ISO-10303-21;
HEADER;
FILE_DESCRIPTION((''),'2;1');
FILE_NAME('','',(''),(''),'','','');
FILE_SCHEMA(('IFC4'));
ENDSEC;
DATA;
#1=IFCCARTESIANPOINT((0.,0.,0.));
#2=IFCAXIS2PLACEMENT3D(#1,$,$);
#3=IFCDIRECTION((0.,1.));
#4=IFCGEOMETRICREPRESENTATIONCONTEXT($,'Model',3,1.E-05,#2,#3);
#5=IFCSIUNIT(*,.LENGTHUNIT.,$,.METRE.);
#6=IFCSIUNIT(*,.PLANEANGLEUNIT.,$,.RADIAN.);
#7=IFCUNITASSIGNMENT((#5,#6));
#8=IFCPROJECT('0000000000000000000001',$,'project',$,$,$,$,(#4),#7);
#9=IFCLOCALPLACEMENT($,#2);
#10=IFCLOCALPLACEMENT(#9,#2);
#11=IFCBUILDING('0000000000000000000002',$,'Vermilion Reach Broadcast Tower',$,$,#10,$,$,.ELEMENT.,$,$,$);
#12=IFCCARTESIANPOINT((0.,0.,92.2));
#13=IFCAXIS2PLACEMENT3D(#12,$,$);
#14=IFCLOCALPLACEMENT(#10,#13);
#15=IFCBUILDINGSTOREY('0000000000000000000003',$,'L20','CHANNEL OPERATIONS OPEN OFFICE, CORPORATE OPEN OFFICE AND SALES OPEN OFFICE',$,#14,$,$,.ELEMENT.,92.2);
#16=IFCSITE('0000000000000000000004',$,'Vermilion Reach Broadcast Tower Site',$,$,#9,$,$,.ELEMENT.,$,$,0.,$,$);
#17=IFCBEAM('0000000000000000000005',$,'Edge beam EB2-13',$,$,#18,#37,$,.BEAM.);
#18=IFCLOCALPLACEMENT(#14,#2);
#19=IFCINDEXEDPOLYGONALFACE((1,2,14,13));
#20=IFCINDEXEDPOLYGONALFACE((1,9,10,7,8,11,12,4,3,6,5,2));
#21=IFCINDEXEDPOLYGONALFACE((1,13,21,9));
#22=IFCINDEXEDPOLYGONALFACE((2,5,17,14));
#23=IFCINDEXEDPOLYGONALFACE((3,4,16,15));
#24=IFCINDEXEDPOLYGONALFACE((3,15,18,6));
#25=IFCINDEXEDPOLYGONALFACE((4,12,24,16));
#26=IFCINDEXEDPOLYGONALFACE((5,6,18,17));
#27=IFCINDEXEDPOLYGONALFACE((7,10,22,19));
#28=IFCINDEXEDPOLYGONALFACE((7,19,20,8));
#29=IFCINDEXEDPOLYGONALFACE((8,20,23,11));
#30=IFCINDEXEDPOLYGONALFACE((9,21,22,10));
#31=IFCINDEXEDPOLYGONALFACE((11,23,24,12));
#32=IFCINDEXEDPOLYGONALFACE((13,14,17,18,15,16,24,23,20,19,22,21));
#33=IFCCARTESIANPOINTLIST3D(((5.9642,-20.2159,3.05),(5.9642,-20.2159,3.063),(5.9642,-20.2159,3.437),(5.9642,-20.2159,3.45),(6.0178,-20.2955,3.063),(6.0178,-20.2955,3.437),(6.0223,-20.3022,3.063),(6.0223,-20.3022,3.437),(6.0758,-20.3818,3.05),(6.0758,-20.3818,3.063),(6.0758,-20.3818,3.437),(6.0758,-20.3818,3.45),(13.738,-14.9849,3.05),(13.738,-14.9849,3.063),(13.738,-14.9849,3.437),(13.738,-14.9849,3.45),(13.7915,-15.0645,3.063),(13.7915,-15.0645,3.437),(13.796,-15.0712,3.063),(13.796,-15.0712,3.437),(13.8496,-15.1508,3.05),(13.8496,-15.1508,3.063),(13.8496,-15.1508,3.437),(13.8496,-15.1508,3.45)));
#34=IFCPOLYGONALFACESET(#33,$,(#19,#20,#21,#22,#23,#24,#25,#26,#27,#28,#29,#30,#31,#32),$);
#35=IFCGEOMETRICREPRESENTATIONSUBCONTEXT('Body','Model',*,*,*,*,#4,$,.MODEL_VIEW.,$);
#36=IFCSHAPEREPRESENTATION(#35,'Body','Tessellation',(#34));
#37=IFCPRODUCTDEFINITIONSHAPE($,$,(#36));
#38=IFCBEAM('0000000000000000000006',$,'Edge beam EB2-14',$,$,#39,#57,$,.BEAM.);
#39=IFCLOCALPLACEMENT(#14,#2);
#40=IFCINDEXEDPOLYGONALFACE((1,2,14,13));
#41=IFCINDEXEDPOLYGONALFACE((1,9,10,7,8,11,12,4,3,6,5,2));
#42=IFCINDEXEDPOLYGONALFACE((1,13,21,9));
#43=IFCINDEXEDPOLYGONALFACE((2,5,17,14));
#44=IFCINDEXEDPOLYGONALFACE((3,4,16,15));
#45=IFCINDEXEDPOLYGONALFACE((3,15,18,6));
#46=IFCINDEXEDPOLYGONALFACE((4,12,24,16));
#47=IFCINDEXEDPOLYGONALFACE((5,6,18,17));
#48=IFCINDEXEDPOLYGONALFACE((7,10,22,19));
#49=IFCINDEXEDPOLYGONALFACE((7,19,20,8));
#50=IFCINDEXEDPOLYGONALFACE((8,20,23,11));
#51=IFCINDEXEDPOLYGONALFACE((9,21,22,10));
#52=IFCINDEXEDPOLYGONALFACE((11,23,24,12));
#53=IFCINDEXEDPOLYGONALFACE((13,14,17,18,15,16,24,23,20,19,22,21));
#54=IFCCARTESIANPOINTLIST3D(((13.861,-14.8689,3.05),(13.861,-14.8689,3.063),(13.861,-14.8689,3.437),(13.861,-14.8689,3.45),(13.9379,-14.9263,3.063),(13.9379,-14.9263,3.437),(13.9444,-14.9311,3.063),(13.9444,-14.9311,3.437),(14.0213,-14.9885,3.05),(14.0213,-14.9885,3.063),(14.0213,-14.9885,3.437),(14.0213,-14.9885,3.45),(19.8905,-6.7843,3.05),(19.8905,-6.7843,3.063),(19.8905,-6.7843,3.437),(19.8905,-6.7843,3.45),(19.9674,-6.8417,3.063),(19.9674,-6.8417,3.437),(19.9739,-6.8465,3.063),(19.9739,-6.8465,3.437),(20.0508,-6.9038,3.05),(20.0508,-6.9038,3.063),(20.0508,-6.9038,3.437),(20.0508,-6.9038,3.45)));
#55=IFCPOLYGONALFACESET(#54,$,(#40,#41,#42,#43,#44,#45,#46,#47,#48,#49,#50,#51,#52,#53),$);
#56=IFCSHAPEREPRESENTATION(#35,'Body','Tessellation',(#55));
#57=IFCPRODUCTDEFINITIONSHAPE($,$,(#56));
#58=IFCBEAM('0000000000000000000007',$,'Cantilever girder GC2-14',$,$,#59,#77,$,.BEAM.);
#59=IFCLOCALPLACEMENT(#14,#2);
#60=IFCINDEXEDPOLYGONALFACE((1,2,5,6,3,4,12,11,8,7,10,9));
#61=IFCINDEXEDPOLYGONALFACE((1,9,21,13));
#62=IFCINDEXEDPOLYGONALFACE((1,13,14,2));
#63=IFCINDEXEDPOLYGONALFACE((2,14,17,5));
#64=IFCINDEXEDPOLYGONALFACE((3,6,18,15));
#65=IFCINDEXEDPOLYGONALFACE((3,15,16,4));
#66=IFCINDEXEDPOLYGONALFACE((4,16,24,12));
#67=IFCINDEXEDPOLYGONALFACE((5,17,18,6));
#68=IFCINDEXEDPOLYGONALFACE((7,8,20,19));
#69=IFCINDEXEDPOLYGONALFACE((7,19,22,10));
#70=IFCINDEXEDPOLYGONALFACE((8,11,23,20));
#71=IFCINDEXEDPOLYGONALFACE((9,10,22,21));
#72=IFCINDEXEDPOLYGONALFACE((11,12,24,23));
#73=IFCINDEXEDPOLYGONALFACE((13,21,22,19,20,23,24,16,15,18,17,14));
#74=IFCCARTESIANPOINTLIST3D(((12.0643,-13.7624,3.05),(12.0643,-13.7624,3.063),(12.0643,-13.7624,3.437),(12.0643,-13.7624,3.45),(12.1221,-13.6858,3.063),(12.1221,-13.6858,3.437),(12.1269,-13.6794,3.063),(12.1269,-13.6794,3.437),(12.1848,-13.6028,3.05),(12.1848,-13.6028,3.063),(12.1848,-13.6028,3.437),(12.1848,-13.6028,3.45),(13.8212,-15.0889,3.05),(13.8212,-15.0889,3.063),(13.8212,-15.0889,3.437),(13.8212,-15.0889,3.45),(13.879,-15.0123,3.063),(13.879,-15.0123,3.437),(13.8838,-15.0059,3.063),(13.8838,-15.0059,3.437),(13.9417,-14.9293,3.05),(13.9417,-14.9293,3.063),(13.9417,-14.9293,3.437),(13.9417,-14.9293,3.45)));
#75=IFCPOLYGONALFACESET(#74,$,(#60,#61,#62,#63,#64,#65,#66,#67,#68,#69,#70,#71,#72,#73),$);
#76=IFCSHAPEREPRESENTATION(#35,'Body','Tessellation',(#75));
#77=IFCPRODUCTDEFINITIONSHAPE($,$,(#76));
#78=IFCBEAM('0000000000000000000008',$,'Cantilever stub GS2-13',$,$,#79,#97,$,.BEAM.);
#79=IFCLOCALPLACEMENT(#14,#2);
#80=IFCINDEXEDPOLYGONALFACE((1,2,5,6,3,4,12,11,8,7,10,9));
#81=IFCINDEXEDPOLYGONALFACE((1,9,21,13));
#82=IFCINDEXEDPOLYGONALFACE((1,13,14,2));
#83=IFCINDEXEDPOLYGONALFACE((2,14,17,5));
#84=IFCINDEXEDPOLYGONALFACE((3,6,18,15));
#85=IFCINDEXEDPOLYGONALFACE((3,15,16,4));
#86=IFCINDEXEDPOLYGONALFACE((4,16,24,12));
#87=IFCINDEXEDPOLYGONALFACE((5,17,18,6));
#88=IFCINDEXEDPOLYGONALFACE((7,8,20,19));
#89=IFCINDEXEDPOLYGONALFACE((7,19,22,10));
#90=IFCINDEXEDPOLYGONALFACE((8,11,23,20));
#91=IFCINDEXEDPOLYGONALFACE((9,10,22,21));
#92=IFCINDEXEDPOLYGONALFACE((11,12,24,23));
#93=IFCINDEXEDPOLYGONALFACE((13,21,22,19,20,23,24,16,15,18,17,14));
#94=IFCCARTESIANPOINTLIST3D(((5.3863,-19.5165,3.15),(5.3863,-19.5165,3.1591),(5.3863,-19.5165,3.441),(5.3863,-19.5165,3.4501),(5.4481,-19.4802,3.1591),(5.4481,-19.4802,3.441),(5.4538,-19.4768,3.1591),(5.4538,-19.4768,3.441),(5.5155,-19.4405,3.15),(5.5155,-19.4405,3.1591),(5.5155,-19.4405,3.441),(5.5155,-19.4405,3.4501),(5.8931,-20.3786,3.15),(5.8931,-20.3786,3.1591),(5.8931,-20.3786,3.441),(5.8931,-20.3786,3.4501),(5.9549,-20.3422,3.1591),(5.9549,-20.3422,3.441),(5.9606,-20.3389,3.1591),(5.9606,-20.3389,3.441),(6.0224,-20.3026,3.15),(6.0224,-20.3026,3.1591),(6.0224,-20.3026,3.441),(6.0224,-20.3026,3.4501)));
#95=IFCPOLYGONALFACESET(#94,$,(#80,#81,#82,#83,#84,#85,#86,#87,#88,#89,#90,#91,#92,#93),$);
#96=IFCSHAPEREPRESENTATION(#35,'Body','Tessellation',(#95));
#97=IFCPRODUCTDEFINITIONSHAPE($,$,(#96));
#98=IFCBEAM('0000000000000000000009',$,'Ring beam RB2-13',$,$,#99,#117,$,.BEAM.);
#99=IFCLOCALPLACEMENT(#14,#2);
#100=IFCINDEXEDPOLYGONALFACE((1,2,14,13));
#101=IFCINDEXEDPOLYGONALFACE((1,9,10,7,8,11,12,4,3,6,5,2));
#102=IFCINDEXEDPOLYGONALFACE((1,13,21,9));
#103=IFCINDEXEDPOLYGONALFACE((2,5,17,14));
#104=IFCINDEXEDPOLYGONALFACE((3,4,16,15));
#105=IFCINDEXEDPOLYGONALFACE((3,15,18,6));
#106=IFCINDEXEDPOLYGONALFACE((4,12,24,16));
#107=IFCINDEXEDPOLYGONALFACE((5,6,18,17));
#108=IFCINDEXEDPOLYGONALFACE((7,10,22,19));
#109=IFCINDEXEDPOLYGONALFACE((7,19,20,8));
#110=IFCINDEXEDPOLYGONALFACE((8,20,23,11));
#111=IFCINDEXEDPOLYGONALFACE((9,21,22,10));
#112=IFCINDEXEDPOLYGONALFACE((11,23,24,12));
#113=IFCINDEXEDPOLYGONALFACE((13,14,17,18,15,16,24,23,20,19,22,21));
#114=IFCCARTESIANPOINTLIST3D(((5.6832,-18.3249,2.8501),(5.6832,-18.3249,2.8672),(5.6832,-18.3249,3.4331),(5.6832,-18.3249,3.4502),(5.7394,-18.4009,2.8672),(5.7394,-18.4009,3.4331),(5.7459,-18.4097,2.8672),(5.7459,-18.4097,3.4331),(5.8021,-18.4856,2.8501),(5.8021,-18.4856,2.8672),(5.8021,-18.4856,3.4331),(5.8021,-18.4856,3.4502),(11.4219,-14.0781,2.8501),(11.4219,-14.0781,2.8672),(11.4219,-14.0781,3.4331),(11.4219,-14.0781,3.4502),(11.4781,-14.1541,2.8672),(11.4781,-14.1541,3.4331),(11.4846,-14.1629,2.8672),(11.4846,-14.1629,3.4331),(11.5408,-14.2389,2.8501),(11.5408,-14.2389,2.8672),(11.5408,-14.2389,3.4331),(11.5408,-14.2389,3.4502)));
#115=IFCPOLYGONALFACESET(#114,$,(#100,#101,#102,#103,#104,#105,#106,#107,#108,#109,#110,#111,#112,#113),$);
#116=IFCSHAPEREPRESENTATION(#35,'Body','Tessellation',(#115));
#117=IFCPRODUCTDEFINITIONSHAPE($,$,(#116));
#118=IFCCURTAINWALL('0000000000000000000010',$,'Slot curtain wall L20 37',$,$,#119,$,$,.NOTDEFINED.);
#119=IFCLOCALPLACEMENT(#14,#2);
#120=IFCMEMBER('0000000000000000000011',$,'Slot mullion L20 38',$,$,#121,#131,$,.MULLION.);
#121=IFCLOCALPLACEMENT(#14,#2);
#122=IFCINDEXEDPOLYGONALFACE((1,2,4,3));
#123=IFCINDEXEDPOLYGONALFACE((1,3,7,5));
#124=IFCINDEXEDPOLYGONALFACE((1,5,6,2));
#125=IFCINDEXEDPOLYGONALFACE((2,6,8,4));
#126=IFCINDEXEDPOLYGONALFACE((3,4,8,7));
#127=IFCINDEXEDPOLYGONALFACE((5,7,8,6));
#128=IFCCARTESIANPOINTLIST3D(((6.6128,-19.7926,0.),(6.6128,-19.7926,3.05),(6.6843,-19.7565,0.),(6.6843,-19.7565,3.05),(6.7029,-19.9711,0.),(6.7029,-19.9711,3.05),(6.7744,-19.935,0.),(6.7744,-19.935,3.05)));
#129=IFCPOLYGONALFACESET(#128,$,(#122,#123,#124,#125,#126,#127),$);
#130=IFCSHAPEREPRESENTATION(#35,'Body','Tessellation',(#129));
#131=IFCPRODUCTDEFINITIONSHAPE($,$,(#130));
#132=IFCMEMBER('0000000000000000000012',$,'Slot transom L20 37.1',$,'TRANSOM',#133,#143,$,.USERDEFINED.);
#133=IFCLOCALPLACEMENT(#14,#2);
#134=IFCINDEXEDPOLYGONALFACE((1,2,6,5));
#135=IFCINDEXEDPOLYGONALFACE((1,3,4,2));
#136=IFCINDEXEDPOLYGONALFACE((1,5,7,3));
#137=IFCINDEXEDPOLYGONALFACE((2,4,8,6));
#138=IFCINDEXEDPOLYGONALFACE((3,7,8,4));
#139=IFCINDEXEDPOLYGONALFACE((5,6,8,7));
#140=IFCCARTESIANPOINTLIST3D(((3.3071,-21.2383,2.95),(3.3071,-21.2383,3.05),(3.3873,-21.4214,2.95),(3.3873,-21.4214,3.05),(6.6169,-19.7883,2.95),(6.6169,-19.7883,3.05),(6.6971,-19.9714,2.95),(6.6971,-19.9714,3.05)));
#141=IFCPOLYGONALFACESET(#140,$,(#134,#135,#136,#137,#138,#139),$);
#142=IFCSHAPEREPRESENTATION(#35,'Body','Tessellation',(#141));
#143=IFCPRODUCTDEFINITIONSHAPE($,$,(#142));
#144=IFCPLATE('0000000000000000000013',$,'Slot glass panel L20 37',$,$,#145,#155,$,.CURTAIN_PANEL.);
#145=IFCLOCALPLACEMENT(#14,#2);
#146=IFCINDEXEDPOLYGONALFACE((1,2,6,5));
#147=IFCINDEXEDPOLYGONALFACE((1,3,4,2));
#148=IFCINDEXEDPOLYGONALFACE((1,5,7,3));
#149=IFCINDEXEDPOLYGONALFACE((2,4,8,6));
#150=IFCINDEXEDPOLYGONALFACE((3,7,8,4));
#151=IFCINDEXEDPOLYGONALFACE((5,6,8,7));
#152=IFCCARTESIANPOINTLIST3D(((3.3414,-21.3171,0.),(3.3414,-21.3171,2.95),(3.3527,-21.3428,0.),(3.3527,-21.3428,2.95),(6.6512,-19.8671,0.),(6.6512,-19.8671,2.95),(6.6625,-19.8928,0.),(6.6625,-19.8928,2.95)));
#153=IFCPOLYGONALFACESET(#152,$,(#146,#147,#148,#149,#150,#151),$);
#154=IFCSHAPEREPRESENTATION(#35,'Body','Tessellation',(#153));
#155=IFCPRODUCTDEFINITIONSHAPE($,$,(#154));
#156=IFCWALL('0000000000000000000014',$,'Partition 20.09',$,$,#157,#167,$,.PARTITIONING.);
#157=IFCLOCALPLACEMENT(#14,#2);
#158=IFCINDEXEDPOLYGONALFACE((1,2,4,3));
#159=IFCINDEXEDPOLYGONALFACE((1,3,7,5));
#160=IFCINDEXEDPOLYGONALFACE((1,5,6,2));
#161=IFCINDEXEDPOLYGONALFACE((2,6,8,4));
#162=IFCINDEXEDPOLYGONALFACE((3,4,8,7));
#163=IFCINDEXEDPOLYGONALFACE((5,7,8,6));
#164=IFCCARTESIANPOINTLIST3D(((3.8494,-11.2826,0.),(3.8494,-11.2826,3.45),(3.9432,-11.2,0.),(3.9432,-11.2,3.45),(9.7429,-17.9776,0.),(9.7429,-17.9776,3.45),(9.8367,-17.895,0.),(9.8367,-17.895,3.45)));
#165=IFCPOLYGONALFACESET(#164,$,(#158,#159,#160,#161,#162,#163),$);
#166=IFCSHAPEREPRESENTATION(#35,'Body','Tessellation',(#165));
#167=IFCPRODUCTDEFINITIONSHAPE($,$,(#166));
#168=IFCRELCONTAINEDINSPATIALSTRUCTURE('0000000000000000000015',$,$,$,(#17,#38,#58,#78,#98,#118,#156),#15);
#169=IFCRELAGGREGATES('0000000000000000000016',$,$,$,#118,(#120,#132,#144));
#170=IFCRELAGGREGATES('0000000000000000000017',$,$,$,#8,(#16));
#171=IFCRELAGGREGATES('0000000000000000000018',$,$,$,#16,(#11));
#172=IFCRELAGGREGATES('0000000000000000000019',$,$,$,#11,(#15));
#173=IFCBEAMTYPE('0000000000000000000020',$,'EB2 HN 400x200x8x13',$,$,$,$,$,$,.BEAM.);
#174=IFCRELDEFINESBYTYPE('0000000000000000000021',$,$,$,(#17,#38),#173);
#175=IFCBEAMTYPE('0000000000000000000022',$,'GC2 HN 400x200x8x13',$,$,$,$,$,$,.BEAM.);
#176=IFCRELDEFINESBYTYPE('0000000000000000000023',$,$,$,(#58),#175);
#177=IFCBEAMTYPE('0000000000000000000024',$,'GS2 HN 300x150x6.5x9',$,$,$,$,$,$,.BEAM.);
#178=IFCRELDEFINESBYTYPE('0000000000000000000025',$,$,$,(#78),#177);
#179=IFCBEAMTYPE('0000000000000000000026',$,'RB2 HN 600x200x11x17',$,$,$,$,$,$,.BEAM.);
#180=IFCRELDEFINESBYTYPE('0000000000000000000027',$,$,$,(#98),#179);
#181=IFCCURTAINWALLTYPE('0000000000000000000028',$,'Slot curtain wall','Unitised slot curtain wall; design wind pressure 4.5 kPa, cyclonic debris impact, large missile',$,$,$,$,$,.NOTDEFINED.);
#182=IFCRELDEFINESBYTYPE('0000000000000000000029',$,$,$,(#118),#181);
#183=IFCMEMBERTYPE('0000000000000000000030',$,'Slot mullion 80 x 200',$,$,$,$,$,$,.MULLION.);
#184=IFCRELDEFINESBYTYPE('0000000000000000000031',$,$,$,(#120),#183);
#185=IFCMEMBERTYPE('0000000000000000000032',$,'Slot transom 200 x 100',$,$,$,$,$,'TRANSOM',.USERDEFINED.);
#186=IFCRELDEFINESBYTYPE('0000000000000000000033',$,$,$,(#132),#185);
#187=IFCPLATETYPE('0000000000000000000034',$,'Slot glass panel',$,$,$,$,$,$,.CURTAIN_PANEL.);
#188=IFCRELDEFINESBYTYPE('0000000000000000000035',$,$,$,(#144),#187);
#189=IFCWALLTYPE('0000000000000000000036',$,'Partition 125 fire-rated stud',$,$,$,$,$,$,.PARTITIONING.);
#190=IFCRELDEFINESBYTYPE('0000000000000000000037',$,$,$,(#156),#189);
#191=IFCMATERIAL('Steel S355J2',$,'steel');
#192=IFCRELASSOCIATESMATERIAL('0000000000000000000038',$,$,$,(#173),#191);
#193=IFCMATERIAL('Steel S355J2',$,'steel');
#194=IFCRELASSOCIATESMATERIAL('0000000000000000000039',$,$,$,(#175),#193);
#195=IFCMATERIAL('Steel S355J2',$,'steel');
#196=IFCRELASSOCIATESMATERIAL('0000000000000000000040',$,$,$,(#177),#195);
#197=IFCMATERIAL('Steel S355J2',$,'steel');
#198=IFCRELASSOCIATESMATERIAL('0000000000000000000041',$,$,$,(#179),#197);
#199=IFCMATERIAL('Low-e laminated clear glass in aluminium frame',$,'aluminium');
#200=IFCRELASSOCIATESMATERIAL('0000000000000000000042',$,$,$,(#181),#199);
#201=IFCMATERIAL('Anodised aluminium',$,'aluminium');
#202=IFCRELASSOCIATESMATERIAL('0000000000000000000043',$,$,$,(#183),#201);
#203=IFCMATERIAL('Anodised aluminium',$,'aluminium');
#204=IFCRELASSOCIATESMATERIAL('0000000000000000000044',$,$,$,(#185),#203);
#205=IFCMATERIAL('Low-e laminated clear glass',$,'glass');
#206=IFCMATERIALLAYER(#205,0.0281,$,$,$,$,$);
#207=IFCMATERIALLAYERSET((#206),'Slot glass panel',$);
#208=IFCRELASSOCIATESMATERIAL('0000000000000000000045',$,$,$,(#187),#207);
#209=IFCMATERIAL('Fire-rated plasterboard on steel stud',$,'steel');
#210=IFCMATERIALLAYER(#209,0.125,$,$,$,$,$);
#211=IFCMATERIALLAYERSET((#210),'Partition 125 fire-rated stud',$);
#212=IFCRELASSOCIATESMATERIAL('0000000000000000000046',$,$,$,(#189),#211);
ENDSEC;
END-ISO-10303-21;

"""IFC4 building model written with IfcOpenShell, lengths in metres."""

from ifc_helpers import new_model, si_unit, direction, frame, frame_2d, origin, origin_2d, place, context, subcontext, project, spatial, rectangle, i_section, extrude, material, layer, layer_set, material_profile, profile_set, type_object, element, aggregate, save


model = new_model("IFC4")

# Units and contexts
model_context = context("Model", 3, precision=1e-05, world=origin(), true_north=direction((0.0, 1.0)))
body_context = subcontext(model_context, "Body", "Model", "MODEL_VIEW")
ifc_project = project(units=[si_unit("LENGTHUNIT", "METRE"), si_unit("PLANEANGLEUNIT", "RADIAN")], contexts=[model_context])

# Site, building, storey
site_placement = place(None, origin())
site = spatial("IfcSite", under=ifc_project, at=site_placement, Name="Vermilion Reach Broadcast Tower Site", CompositionType="ELEMENT", RefElevation=0.0)
building_placement = place(site_placement, origin())
building = spatial("IfcBuilding", under=site, at=building_placement, Name="Vermilion Reach Broadcast Tower", CompositionType="ELEMENT")
storey_placement = place(building_placement, frame((0.0, 0.0, 92.2)))
storey = spatial("IfcBuildingStorey", under=building, at=storey_placement, Name="L20", Description="CHANNEL OPERATIONS OPEN OFFICE, CORPORATE OPEN OFFICE AND SALES OPEN OFFICE", CompositionType="ELEMENT", Elevation=92.2)

# Beams
ifc_material_1 = material(Name="Steel S355J2", Category="steel")
ifc_material_profile_1 = material_profile(ifc_material_1, i_section(OverallWidth=0.2, OverallDepth=0.3999, WebThickness=0.0081, FlangeThickness=0.0129, at=origin_2d()), Name="S355J2 HN 400x200x8x13")
ifc_profile_set_1 = profile_set([ifc_material_profile_1], Name="Steel S355J2")
beam_type_1 = type_object("IfcBeamType", Name="EB2 HN 400x200x8x13", PredefinedType="BEAM", material=ifc_profile_set_1)
beam_1_placement = place(storey_placement, frame((6.02, -20.2988, 3.25), z_axis=(0.829653, 0.558279, 0.0), x_axis=(-0.558279, 0.829653, 0.0)))
element("IfcBeam", 1, at=beam_1_placement, inside=storey, type_object=beam_type_1, Name="Edge beam EB2-13", PredefinedType="BEAM", context=body_context, shape_type="SweptSolid", body=[
    extrude(i_section(OverallWidth=0.2, OverallDepth=0.3999, WebThickness=0.0081, FlangeThickness=0.0129, at=origin_2d()), origin(), (0.0, 0.0, 1.0), 9.3699),
])
beam_2_placement = place(storey_placement, frame((13.9412, -14.9287, 3.25), z_axis=(0.59784, 0.801615, 0.0), x_axis=(-0.801615, 0.59784, 0.0)))
element("IfcBeam", 2, at=beam_2_placement, inside=storey, type_object=beam_type_1, Name="Edge beam EB2-14", PredefinedType="BEAM", context=body_context, shape_type="SweptSolid", body=[
    extrude(i_section(OverallWidth=0.2, OverallDepth=0.3999, WebThickness=0.0081, FlangeThickness=0.0129, at=origin_2d()), origin(), (0.0, 0.0, 1.0), 10.0854),
])
ifc_material_2 = material(Name="Steel S355J2", Category="steel")
ifc_material_profile_2 = material_profile(ifc_material_2, i_section(OverallWidth=0.2, OverallDepth=0.3999, WebThickness=0.0081, FlangeThickness=0.0129, at=origin_2d()), Name="S355J2 HN 400x200x8x13")
ifc_profile_set_2 = profile_set([ifc_material_profile_2], Name="Steel S355J2")
beam_type_2 = type_object("IfcBeamType", Name="GC2 HN 400x200x8x13", PredefinedType="BEAM", material=ifc_profile_set_2)
beam_3_placement = place(storey_placement, frame((12.1245, -13.6826, 3.25), z_axis=(0.798079, -0.602552, 0.0), x_axis=(0.602552, 0.798079, 0.0)))
element("IfcBeam", 3, at=beam_3_placement, inside=storey, type_object=beam_type_2, Name="Cantilever girder GC2-14", PredefinedType="BEAM", context=body_context, shape_type="SweptSolid", body=[
    extrude(i_section(OverallWidth=0.2, OverallDepth=0.3999, WebThickness=0.0081, FlangeThickness=0.0129, at=origin_2d()), origin(), (0.0, 0.0, 1.0), 2.2014),
])
ifc_material_3 = material(Name="Steel S355J2", Category="steel")
ifc_material_profile_3 = material_profile(ifc_material_3, i_section(OverallWidth=0.1499, OverallDepth=0.3, WebThickness=0.0066, FlangeThickness=0.009, at=origin_2d()), Name="S355J2 HN 300x150x6.5x9")
ifc_profile_set_3 = profile_set([ifc_material_profile_3], Name="Steel S355J2")
beam_type_3 = type_object("IfcBeamType", Name="GS2 HN 300x150x6.5x9", PredefinedType="BEAM", material=ifc_profile_set_3)
beam_4_placement = place(storey_placement, frame((5.4509, -19.4785, 3.3), z_axis=(0.506828, -0.862047, 0.0), x_axis=(0.862047, 0.506828, 0.0)))
element("IfcBeam", 4, at=beam_4_placement, inside=storey, type_object=beam_type_3, Name="Cantilever stub GS2-13", PredefinedType="BEAM", context=body_context, shape_type="SweptSolid", body=[
    extrude(i_section(OverallWidth=0.1499, OverallDepth=0.3, WebThickness=0.0066, FlangeThickness=0.009, at=origin_2d()), origin(), (0.0, 0.0, 1.0), 1.0),
])
ifc_material_4 = material(Name="Steel S355J2", Category="steel")
ifc_material_profile_4 = material_profile(ifc_material_4, i_section(OverallWidth=0.2, OverallDepth=0.6001, WebThickness=0.011, FlangeThickness=0.0171, at=origin_2d()), Name="S355J2 HN 600x200x11x17")
ifc_profile_set_4 = profile_set([ifc_material_profile_4], Name="Steel S355J2")
beam_type_4 = type_object("IfcBeamType", Name="RB2 HN 600x200x11x17", PredefinedType="BEAM", material=ifc_profile_set_4)
beam_5_placement = place(storey_placement, frame((5.7427, -18.4053, 3.1501), z_axis=(0.803833, 0.594855, 0.0), x_axis=(-0.594855, 0.803833, 0.0)))
element("IfcBeam", 5, at=beam_5_placement, inside=storey, type_object=beam_type_4, Name="Ring beam RB2-13", PredefinedType="BEAM", context=body_context, shape_type="SweptSolid", body=[
    extrude(i_section(OverallWidth=0.2, OverallDepth=0.6001, WebThickness=0.011, FlangeThickness=0.0171, at=origin_2d()), origin(), (0.0, 0.0, 1.0), 7.1392),
])

# Curtain wall, members, plate
ifc_material_5 = material(Name="Low-e laminated clear glass in aluminium frame", Category="aluminium")
curtain_wall_type = type_object("IfcCurtainWallType", Name="Slot curtain wall", Description="Unitised slot curtain wall; design wind pressure 4.5 kPa, cyclonic debris impact, large missile", PredefinedType="NOTDEFINED", material=ifc_material_5)
curtain_wall_placement = place(storey_placement, origin())
curtain_wall = element("IfcCurtainWall", 6, at=curtain_wall_placement, inside=storey, type_object=curtain_wall_type, Name="Slot curtain wall L20 37", PredefinedType="NOTDEFINED")
ifc_material_6 = material(Name="Anodised aluminium", Category="aluminium")
ifc_material_profile_5 = material_profile(ifc_material_6, rectangle(XDim=0.2, YDim=0.0801, at=origin_2d()), Name="Slot mullion 80 x 200")
ifc_profile_set_5 = profile_set([ifc_material_profile_5], Name="Anodised aluminium")
member_type_1 = type_object("IfcMemberType", Name="Slot mullion 80 x 200", PredefinedType="MULLION", material=ifc_profile_set_5)
member_1_placement = place(storey_placement, frame((6.6936, -19.8638, 0.0), z_axis=(0.0, 0.0, 1.0), x_axis=(-0.450893, 0.892578, 0.0)))
member_1 = element("IfcMember", 7, at=member_1_placement, type_object=member_type_1, Name="Slot mullion L20 38", PredefinedType="MULLION", context=body_context, shape_type="SweptSolid", body=[
    extrude(rectangle(XDim=0.2, YDim=0.0801, at=origin_2d()), origin(), (0.0, 0.0, 1.0), 3.05),
])
ifc_material_7 = material(Name="Anodised aluminium", Category="aluminium")
ifc_material_profile_6 = material_profile(ifc_material_7, rectangle(XDim=0.2, YDim=0.1001, at=origin_2d()), Name="Slot transom 200 x 100")
ifc_profile_set_6 = profile_set([ifc_material_profile_6], Name="Anodised aluminium")
member_type_2 = type_object("IfcMemberType", Name="Slot transom 200 x 100", ElementType="TRANSOM", PredefinedType="USERDEFINED", material=ifc_profile_set_6)
member_2_placement = place(storey_placement, frame((3.3472, -21.3298, 3.0), z_axis=(0.915963, 0.401262, 0.0), x_axis=(-0.401262, 0.915963, 0.0)))
member_2 = element("IfcMember", 8, at=member_2_placement, type_object=member_type_2, Name="Slot transom L20 37.1", ObjectType="TRANSOM", PredefinedType="USERDEFINED", context=body_context, shape_type="SweptSolid", body=[
    extrude(rectangle(XDim=0.2, YDim=0.1001, at=origin_2d()), origin(), (0.0, 0.0, 1.0), 3.6135),
])
ifc_material_8 = material(Name="Low-e laminated clear glass", Category="glass")
ifc_layer_1 = layer(ifc_material_8, 0.0281)
ifc_layer_set_1 = layer_set([ifc_layer_1], Name="Slot glass panel")
plate_type = type_object("IfcPlateType", Name="Slot glass panel", PredefinedType="CURTAIN_PANEL", material=ifc_layer_set_1)
plate_placement = place(storey_placement, frame((5.002, -20.605, 0.0), z_axis=(0.0, 0.0, 1.0), x_axis=(0.91596, 0.401269, 0.0)))
plate = element("IfcPlate", 9, at=plate_placement, type_object=plate_type, Name="Slot glass panel L20 37", PredefinedType="CURTAIN_PANEL", context=body_context, shape_type="SweptSolid", body=[
    extrude(rectangle(XDim=3.6135, YDim=0.0281, at=origin_2d()), origin(), (0.0, 0.0, 1.0), 2.95),
])
aggregate(curtain_wall, [member_1, member_2, plate])

# Wall
ifc_material_9 = material(Name="Fire-rated plasterboard on steel stud", Category="steel")
ifc_layer_2 = layer(ifc_material_9, 0.125)
ifc_layer_set_2 = layer_set([ifc_layer_2], Name="Partition 125 fire-rated stud")
wall_type_1 = type_object("IfcWallType", Name="Partition 125 fire-rated stud", PredefinedType="PARTITIONING", material=ifc_layer_set_2)
wall_1_placement = place(storey_placement, frame((9.7898, -17.9363, 0.0), z_axis=(0.0, 0.0, 1.0), x_axis=(-0.660748, 0.750608, 0.0)))
element("IfcWall", 10, at=wall_1_placement, inside=storey, type_object=wall_type_1, Name="Partition 20.09", PredefinedType="PARTITIONING", context=body_context, shape_type="SweptSolid", body=[
    extrude(rectangle(XDim=8.9194, YDim=0.125, at=frame_2d((4.4597, 0.0))), origin(), (0.0, 0.0, 1.0), 3.45),
])

save(model, "model.ifc")
